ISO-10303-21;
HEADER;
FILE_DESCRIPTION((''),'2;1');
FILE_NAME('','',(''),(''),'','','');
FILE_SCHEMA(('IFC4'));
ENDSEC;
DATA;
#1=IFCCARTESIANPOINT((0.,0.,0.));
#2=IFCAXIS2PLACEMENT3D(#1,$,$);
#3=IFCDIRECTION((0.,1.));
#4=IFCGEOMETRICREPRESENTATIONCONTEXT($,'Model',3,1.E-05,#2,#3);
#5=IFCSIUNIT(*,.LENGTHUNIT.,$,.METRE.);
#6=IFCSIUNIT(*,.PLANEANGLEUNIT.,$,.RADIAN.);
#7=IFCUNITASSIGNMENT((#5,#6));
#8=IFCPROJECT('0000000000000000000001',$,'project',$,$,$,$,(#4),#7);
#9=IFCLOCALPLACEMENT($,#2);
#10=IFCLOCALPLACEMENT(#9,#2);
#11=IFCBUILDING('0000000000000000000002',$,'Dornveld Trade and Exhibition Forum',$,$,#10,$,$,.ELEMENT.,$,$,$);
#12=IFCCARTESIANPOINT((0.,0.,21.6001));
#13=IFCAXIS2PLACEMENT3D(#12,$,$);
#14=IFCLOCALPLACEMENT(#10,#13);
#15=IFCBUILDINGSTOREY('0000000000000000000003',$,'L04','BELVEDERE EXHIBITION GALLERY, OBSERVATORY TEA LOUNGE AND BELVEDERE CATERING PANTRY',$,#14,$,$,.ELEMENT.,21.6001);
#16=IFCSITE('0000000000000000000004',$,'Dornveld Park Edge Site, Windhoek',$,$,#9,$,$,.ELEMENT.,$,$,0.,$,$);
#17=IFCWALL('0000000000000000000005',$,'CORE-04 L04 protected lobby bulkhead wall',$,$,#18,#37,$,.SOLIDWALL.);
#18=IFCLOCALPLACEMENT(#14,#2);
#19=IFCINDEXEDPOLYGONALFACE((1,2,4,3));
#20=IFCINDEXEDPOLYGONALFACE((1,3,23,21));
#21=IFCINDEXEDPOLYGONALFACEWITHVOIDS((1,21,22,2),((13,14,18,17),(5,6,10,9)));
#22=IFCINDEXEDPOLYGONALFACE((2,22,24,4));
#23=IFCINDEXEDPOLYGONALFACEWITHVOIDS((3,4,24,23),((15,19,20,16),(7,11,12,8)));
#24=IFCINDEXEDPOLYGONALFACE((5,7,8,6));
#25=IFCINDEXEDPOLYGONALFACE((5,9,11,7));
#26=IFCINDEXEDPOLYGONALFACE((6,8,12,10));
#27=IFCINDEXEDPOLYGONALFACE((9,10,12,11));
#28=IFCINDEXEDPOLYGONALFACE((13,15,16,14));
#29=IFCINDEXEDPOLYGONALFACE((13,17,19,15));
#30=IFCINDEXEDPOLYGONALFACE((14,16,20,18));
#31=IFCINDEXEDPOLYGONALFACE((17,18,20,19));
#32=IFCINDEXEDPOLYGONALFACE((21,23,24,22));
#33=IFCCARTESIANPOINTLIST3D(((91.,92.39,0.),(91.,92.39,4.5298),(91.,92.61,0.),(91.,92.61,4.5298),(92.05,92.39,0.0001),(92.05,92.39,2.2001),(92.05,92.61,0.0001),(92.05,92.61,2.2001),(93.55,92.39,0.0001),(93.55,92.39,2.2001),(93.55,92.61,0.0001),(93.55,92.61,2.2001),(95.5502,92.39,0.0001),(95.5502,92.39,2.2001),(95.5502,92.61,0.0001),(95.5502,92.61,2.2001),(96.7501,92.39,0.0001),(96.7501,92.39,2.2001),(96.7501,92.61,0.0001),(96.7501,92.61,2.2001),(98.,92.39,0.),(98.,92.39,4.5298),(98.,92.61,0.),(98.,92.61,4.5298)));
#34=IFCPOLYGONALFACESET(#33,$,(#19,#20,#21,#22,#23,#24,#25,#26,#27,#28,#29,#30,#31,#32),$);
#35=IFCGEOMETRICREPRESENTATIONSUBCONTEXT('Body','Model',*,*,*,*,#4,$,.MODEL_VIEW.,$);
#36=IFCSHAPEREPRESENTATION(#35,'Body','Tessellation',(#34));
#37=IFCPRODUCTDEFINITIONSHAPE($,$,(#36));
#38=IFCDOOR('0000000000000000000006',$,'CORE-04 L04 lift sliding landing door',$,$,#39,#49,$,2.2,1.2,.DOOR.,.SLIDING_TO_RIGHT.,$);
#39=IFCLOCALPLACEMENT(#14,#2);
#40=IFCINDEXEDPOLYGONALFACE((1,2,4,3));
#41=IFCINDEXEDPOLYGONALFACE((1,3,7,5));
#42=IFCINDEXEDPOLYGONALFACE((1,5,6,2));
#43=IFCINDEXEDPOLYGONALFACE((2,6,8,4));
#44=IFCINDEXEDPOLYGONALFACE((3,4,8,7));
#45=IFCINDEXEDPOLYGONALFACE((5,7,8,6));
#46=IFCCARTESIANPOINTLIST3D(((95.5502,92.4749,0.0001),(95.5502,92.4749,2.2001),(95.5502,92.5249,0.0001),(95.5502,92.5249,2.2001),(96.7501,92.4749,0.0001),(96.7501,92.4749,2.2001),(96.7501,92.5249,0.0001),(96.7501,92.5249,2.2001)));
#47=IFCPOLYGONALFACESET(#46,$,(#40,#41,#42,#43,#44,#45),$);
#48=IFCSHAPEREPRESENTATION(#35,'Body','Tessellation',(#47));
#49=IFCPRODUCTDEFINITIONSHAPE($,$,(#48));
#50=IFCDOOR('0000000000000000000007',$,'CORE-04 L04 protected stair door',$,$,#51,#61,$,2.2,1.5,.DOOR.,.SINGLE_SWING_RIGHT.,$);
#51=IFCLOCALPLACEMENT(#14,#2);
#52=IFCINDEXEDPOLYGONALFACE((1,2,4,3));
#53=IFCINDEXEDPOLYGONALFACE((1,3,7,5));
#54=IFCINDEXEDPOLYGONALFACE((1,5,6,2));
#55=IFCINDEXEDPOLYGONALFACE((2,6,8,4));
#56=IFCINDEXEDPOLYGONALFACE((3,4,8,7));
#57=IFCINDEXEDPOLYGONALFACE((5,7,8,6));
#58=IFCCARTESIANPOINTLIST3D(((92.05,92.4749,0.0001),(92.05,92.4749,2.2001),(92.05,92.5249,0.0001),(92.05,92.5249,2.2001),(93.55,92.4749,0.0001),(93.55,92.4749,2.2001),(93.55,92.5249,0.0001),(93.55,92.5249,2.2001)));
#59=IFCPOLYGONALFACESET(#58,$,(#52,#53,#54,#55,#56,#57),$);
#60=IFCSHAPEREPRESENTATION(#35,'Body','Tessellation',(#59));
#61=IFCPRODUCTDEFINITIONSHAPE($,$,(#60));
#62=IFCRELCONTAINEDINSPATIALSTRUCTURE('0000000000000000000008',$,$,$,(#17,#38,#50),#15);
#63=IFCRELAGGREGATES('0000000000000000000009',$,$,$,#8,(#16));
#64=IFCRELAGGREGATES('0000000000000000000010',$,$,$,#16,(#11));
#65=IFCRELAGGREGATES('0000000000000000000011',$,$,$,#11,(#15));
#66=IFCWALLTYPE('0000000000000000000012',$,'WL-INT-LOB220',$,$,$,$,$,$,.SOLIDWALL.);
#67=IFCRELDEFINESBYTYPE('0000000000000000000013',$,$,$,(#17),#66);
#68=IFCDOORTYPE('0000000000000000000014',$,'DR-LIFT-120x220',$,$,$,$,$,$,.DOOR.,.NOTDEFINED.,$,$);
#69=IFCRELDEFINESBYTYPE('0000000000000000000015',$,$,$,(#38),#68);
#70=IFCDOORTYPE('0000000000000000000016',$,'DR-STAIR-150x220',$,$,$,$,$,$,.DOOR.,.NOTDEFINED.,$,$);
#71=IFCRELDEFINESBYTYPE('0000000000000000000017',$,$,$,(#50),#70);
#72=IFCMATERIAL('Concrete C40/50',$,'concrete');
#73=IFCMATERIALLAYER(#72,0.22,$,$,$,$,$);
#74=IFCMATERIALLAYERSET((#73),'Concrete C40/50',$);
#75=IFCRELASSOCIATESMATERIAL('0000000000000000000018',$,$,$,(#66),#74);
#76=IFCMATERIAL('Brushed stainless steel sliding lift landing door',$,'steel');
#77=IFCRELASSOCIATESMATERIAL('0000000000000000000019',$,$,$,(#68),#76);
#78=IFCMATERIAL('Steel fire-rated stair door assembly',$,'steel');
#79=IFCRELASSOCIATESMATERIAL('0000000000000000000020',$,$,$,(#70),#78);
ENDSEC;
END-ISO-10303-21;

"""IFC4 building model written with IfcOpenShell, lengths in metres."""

from ifc_helpers import new_model, si_unit, direction, frame, frame_2d, origin, place, context, subcontext, project, spatial, rectangle, extrude, material, layer, layer_set, type_object, element, fill, save


model = new_model("IFC4")

# Units and contexts
model_context = context("Model", 3, precision=1e-05, world=origin(), true_north=direction((0.0, 1.0)))
body_context = subcontext(model_context, "Body", "Model", "MODEL_VIEW")
ifc_project = project(units=[si_unit("LENGTHUNIT", "METRE"), si_unit("PLANEANGLEUNIT", "RADIAN")], contexts=[model_context])

# Site, building, storey
site_placement = place(None, origin())
site = spatial("IfcSite", under=ifc_project, at=site_placement, Name="Dornveld Park Edge Site, Windhoek", CompositionType="ELEMENT", RefElevation=0.0)
building_placement = place(site_placement, origin())
building = spatial("IfcBuilding", under=site, at=building_placement, Name="Dornveld Trade and Exhibition Forum", CompositionType="ELEMENT")
storey_placement = place(building_placement, frame((0.0, 0.0, 21.6001)))
storey = spatial("IfcBuildingStorey", under=building, at=storey_placement, Name="L04", Description="BELVEDERE EXHIBITION GALLERY, OBSERVATORY TEA LOUNGE AND BELVEDERE CATERING PANTRY", CompositionType="ELEMENT", Elevation=21.6001)

# Wall, openings, doors
ifc_material_1 = material(Name="Concrete C40/50", Category="concrete")
ifc_layer_1 = layer(ifc_material_1, 0.22)
ifc_layer_set_1 = layer_set([ifc_layer_1], Name="Concrete C40/50")
wall_type_1 = type_object("IfcWallType", Name="WL-INT-LOB220", PredefinedType="SOLIDWALL", material=ifc_layer_set_1)
ifc_material_2 = material(Name="Brushed stainless steel sliding lift landing door", Category="steel")
door_type_1 = type_object("IfcDoorType", Name="DR-LIFT-120x220", OperationType="NOTDEFINED", PredefinedType="DOOR", material=ifc_material_2)
wall_1_placement = place(storey_placement, frame((91.0, 92.5, 0.0), z_axis=(0.0, 0.0, 1.0), x_axis=(1.0, 0.0, 0.0)))
wall_1 = element("IfcWall", 1, at=wall_1_placement, inside=storey, type_object=wall_type_1, Name="CORE-04 L04 protected lobby bulkhead wall", PredefinedType="SOLIDWALL", context=body_context, shape_type="SweptSolid", body=[
    extrude(rectangle(XDim=7.0, YDim=0.22, at=frame_2d((3.5, 0.0))), origin(), (0.0, 0.0, 1.0), 4.5298),
])
opening_1_placement = place(wall_1_placement, frame((1.05, 0.0, 0.0)))
opening_1 = element("IfcOpeningElement", 2, at=opening_1_placement, cuts=wall_1, PredefinedType="OPENING", context=body_context, shape_type="SweptSolid", body=[
    extrude(rectangle(XDim=1.5, YDim=2.2, at=frame_2d((0.75, 1.1001))), frame((0.0, 0.1199, 0.0), z_axis=(0.0, -1.0, 0.0), x_axis=(1.0, 0.0, 0.0)), (0.0, 0.0, 1.0), 0.24),
])
opening_2_placement = place(wall_1_placement, frame((4.55, 0.0, 0.0)))
opening_2 = element("IfcOpeningElement", 3, at=opening_2_placement, cuts=wall_1, PredefinedType="OPENING", context=body_context, shape_type="SweptSolid", body=[
    extrude(rectangle(XDim=1.2, YDim=2.2, at=frame_2d((0.6001, 1.1001))), frame((0.0, 0.1199, 0.0), z_axis=(0.0, -1.0, 0.0), x_axis=(1.0, 0.0, 0.0)), (0.0, 0.0, 1.0), 0.24),
])
door_1_placement = place(opening_2_placement, origin())
door_1 = element("IfcDoor", 4, at=door_1_placement, inside=storey, type_object=door_type_1, Name="CORE-04 L04 lift sliding landing door", OperationType="SLIDING_TO_RIGHT", OverallHeight=2.2, OverallWidth=1.2, PredefinedType="DOOR", context=body_context, shape_type="SweptSolid", body=[
    extrude(rectangle(XDim=1.2, YDim=2.2, at=frame_2d((0.6001, 1.1001))), frame((0.0, 0.0249, 0.0), z_axis=(0.0, -1.0, 0.0), x_axis=(1.0, 0.0, 0.0)), (0.0, 0.0, 1.0), 0.05),
])
fill(opening_2, door_1)
ifc_material_3 = material(Name="Steel fire-rated stair door assembly", Category="steel")
door_type_2 = type_object("IfcDoorType", Name="DR-STAIR-150x220", OperationType="NOTDEFINED", PredefinedType="DOOR", material=ifc_material_3)
door_2_placement = place(opening_1_placement, origin())
door_2 = element("IfcDoor", 5, at=door_2_placement, inside=storey, type_object=door_type_2, Name="CORE-04 L04 protected stair door", OperationType="SINGLE_SWING_RIGHT", OverallHeight=2.2, OverallWidth=1.5, PredefinedType="DOOR", context=body_context, shape_type="SweptSolid", body=[
    extrude(rectangle(XDim=1.5, YDim=2.2, at=frame_2d((0.75, 1.1001))), frame((0.0, 0.0249, 0.0), z_axis=(0.0, -1.0, 0.0), x_axis=(1.0, 0.0, 0.0)), (0.0, 0.0, 1.0), 0.05),
])
fill(opening_1, door_2)

save(model, "model.ifc")
